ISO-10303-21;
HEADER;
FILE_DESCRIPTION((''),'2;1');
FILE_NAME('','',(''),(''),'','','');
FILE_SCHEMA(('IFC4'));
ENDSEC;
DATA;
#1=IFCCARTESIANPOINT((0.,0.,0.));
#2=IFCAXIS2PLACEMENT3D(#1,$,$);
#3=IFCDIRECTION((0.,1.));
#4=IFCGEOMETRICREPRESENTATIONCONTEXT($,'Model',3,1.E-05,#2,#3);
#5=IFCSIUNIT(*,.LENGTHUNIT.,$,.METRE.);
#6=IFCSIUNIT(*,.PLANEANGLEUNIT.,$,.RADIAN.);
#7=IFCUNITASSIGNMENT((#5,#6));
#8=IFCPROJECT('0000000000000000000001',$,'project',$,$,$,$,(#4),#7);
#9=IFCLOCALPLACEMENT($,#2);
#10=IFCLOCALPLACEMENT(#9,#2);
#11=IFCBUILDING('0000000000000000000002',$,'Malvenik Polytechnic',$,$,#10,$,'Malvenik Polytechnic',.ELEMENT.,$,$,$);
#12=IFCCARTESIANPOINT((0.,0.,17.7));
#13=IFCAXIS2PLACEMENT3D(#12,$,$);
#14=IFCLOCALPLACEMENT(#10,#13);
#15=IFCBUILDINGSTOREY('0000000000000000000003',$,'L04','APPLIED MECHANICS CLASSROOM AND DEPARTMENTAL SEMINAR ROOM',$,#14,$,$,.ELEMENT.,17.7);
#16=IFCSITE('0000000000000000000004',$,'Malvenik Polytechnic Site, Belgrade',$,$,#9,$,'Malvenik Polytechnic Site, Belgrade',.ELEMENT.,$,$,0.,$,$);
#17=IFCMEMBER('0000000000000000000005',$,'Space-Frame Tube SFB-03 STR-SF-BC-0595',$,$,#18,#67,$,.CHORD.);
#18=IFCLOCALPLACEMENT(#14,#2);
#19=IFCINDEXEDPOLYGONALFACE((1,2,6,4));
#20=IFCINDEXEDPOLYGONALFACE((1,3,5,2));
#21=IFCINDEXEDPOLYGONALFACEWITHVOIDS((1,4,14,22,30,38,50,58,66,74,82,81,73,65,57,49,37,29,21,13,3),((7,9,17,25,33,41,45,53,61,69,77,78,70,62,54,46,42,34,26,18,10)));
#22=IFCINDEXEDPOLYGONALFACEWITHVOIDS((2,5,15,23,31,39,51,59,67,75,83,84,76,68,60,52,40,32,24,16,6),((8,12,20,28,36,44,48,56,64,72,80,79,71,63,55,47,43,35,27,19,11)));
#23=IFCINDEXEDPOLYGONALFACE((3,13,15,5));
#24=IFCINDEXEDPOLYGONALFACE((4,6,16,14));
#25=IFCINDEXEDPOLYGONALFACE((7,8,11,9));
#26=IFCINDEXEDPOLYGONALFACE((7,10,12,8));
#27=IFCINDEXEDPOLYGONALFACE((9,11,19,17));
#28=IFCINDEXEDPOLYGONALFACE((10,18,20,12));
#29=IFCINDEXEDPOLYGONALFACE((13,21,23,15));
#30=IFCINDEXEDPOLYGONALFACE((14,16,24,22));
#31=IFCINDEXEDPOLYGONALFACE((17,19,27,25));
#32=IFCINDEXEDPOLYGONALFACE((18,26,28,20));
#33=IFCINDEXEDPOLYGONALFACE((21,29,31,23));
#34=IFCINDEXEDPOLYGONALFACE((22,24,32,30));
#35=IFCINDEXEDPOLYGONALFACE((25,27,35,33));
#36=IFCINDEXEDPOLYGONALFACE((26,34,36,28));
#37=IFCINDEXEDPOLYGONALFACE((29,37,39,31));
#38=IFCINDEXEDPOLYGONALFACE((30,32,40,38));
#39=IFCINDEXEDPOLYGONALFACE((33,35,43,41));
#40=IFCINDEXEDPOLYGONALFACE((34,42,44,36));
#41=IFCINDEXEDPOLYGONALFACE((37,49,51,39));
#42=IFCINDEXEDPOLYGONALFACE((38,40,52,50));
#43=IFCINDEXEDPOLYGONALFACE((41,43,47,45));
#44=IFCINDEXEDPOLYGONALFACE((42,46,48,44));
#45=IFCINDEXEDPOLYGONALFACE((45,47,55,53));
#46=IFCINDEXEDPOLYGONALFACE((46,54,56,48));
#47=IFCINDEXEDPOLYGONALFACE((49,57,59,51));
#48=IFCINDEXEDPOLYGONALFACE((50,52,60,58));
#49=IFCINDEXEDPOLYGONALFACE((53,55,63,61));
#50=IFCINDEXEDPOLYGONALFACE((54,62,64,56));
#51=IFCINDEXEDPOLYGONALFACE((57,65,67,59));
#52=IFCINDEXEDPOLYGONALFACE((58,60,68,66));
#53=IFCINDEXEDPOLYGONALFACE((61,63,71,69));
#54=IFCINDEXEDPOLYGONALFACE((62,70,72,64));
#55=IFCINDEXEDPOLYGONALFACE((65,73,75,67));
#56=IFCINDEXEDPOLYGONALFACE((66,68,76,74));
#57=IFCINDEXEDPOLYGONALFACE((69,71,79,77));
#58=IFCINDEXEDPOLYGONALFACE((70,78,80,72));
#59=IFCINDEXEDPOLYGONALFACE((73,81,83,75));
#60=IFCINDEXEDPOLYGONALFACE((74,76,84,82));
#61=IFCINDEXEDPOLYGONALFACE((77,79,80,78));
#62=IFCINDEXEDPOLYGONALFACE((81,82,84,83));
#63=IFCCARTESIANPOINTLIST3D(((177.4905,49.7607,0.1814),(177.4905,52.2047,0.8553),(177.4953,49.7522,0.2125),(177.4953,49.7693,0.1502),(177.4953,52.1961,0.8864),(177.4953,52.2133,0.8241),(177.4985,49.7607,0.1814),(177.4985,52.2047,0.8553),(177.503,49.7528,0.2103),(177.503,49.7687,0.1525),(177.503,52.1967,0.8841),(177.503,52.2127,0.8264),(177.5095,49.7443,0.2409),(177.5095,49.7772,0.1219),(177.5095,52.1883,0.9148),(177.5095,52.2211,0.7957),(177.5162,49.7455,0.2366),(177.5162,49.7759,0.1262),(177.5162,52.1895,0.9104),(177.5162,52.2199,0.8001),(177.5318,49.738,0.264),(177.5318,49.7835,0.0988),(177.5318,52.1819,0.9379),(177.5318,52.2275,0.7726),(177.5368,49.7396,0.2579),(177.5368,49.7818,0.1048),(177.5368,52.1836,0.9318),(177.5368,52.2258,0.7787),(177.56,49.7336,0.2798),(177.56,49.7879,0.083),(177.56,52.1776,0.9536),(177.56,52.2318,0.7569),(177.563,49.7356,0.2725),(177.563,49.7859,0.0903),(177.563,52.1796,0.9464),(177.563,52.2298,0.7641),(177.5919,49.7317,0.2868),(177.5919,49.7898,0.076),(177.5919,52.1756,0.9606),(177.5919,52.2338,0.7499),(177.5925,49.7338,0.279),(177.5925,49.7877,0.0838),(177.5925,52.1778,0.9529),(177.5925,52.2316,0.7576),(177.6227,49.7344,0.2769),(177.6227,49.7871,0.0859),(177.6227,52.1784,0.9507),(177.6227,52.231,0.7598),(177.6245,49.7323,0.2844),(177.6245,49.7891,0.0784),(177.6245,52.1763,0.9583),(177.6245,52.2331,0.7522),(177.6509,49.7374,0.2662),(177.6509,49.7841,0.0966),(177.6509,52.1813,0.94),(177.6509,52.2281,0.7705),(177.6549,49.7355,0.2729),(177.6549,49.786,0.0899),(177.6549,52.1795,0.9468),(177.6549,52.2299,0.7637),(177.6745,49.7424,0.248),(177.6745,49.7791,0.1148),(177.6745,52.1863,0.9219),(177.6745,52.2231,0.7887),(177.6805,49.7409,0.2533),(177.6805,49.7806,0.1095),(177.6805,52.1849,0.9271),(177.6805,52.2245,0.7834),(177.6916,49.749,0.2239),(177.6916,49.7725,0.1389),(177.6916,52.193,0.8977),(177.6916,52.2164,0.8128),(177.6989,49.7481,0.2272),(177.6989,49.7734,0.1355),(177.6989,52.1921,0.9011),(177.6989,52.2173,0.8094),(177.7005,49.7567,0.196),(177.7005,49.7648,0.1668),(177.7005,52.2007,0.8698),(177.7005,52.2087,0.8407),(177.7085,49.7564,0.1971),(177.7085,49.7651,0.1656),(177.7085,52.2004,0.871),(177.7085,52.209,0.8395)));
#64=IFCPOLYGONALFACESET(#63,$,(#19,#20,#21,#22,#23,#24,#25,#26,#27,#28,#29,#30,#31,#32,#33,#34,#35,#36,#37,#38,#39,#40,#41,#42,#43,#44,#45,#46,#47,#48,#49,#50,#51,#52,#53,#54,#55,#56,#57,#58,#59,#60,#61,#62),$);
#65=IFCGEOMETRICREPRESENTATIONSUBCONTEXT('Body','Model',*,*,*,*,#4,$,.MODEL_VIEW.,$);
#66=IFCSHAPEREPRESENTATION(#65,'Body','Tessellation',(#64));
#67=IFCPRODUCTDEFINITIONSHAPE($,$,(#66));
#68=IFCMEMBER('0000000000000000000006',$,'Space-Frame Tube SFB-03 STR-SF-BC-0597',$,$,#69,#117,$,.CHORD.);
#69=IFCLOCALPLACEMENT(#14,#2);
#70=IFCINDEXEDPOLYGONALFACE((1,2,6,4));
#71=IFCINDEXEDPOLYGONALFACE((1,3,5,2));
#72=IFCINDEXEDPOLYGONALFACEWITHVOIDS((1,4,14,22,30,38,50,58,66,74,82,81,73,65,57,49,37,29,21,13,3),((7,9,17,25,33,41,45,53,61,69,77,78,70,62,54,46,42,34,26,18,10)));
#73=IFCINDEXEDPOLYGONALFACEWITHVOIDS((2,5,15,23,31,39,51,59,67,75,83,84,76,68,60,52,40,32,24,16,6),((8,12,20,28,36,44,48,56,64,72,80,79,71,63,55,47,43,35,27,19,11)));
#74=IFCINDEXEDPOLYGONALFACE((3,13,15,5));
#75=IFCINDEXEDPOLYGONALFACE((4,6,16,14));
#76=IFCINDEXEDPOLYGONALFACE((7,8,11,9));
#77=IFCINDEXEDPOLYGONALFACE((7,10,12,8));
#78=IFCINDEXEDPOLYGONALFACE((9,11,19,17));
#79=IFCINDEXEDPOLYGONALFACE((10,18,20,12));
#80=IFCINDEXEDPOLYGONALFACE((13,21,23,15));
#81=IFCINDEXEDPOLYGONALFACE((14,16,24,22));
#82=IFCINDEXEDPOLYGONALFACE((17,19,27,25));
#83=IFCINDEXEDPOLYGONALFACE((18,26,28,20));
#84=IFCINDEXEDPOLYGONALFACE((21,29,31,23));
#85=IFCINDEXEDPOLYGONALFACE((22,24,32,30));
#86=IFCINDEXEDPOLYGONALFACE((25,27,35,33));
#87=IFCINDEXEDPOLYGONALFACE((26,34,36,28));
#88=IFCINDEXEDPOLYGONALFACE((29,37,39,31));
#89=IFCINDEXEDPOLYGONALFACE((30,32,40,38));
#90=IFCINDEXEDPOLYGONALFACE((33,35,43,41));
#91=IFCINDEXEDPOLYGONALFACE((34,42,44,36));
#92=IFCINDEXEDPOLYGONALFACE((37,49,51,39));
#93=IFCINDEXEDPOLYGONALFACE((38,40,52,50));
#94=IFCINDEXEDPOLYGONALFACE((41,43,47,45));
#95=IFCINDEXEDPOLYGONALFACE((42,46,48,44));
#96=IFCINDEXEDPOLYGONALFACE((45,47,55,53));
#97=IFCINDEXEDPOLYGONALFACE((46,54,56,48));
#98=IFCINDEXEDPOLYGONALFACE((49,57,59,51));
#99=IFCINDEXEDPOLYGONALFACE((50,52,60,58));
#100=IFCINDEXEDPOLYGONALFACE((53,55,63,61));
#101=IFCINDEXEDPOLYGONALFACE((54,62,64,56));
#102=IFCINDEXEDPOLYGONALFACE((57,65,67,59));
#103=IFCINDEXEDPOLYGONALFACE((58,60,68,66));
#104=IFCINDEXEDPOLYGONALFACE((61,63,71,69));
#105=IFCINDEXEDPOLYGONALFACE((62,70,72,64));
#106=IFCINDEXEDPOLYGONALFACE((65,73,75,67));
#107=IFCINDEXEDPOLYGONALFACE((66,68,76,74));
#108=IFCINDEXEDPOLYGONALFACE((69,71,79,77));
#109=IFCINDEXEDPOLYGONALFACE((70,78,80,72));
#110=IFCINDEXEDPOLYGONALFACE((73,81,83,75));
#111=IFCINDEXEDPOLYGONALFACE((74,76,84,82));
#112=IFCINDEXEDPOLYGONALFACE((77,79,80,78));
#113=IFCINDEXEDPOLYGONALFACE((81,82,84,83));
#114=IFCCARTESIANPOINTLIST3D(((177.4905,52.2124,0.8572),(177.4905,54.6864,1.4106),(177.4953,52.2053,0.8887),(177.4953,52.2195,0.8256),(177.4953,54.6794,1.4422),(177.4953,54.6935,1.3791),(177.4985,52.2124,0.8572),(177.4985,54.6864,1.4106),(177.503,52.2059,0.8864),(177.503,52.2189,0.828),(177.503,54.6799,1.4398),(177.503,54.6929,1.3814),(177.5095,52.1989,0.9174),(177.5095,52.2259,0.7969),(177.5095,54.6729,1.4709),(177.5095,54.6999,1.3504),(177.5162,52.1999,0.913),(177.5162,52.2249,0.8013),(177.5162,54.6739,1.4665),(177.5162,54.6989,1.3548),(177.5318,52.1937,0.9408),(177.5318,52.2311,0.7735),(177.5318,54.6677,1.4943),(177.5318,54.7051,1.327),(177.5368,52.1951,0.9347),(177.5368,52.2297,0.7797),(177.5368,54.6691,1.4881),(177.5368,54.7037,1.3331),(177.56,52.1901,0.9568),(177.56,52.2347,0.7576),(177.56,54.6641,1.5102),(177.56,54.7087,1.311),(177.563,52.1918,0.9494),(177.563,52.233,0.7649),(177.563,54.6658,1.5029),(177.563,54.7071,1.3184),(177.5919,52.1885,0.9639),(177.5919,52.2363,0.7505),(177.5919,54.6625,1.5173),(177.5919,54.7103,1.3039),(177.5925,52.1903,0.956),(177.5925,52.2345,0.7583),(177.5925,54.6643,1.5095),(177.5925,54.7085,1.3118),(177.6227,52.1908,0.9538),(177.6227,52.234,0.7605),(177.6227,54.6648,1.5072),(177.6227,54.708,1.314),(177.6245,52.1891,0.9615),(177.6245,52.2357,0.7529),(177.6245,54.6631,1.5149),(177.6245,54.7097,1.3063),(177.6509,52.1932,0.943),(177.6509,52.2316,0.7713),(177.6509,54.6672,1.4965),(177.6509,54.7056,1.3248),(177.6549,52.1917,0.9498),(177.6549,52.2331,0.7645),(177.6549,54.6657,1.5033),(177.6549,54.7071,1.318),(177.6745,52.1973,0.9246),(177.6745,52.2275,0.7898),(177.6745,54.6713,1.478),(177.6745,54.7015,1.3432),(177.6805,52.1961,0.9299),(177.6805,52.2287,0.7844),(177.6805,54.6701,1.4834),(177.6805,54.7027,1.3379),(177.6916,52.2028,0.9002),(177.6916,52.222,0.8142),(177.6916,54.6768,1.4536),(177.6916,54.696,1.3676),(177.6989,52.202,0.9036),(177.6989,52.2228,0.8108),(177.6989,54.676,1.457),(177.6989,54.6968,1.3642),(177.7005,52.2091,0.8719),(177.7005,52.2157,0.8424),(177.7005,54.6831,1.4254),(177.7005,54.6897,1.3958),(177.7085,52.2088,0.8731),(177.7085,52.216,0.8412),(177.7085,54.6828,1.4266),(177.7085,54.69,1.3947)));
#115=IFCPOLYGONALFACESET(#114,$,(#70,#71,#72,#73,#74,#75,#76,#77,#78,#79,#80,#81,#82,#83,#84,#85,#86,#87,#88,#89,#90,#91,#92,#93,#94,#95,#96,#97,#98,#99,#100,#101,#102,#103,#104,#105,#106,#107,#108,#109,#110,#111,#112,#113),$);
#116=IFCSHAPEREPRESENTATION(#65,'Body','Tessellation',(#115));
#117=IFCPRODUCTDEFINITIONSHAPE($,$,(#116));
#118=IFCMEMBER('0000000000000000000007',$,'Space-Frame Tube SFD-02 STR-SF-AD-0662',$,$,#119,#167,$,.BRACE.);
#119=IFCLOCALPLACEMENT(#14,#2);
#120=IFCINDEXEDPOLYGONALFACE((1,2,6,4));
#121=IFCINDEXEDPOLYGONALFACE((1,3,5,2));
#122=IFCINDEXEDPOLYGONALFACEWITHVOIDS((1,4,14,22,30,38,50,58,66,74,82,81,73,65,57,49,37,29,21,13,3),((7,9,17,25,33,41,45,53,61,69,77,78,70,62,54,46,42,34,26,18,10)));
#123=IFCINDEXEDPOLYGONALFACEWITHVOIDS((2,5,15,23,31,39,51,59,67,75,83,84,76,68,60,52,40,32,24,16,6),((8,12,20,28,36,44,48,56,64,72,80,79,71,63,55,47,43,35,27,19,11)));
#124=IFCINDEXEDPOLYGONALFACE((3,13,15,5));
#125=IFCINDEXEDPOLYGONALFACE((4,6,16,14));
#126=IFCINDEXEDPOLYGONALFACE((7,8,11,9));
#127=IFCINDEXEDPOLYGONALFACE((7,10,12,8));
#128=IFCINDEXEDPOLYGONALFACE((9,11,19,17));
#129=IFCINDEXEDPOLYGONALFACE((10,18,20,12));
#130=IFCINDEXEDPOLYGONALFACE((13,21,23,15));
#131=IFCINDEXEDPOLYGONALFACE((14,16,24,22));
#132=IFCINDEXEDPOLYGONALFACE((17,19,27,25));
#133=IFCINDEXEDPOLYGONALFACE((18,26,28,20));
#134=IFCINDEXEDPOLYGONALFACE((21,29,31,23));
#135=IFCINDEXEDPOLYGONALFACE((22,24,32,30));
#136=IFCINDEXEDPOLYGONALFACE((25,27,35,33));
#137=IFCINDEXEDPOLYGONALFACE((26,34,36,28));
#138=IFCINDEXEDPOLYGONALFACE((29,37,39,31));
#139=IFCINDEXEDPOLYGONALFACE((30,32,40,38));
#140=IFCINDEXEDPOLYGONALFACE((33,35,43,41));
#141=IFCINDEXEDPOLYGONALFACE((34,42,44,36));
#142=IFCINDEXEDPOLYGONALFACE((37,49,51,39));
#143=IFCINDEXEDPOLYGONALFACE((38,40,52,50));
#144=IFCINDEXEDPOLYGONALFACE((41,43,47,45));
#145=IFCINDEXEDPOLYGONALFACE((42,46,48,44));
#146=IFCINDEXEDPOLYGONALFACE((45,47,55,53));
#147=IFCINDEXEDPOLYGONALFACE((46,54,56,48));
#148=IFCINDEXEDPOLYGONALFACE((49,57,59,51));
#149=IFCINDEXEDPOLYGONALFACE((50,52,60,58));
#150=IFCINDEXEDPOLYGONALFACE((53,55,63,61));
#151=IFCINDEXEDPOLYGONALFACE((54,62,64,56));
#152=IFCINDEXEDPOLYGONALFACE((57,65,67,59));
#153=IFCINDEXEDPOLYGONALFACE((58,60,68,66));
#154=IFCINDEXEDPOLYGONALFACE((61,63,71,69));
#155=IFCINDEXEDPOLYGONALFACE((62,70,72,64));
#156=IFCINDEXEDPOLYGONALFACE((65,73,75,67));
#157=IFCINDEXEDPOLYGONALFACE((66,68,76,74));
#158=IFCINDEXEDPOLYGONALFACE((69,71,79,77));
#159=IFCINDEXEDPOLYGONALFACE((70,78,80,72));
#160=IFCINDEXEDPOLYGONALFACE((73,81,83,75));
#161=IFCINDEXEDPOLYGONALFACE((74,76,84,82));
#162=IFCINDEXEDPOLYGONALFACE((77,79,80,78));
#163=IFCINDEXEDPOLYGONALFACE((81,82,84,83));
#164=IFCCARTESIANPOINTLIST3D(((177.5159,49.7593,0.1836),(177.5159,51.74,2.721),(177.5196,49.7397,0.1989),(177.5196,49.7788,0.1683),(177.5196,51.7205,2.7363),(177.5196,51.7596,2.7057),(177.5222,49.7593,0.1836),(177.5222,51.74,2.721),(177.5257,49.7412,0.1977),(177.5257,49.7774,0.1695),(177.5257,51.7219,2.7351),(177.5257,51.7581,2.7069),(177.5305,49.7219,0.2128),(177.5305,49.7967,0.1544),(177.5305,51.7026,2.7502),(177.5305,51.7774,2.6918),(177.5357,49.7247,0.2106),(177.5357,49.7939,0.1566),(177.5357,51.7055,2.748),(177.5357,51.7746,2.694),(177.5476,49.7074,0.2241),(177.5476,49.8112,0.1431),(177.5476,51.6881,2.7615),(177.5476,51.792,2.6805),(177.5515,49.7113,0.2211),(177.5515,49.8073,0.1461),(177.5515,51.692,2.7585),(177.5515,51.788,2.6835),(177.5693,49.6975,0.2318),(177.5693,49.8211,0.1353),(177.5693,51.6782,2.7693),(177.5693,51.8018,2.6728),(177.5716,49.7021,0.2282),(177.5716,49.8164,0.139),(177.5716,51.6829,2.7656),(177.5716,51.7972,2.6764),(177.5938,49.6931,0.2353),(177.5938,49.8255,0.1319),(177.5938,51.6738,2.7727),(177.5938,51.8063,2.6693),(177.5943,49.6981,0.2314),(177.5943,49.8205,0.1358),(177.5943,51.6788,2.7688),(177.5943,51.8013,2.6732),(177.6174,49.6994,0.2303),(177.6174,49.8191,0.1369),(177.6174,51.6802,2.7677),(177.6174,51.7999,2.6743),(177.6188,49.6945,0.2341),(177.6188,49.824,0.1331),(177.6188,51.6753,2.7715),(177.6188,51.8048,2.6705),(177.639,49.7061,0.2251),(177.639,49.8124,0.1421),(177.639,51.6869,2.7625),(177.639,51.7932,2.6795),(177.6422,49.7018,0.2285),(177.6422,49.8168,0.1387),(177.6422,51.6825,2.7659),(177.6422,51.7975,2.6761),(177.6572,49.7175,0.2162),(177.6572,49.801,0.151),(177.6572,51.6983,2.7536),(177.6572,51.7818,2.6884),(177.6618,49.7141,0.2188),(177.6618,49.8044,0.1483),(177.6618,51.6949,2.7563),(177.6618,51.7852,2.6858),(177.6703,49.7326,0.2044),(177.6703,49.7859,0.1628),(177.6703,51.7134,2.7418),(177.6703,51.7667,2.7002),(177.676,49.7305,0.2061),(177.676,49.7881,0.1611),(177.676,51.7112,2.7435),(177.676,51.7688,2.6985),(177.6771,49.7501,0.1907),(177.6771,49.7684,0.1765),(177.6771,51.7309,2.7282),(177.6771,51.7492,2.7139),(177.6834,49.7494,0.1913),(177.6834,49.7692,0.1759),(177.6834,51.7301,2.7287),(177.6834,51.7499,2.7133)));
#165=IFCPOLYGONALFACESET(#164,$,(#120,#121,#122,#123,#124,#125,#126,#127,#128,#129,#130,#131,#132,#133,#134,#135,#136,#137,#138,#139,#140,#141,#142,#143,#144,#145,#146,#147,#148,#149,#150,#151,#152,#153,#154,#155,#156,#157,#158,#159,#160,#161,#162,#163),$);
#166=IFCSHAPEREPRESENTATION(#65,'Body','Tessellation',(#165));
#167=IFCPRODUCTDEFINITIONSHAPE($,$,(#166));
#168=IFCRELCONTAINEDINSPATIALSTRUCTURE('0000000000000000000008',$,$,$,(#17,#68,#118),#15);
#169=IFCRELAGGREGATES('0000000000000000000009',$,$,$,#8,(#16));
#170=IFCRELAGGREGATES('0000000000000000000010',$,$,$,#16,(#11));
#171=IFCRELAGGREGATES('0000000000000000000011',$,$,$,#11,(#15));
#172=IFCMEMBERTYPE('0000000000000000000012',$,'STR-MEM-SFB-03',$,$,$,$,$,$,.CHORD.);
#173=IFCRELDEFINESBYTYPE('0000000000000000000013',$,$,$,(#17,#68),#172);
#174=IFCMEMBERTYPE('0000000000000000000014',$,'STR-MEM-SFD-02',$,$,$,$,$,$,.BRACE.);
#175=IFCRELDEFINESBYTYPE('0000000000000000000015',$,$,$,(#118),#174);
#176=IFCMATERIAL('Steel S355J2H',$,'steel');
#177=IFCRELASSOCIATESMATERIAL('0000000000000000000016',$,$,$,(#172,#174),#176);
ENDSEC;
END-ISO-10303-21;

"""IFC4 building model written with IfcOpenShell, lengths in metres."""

from ifc_helpers import new_model, si_unit, direction, frame, origin, origin_2d, place, context, subcontext, project, spatial, hollow_circle, extrude, material, material_profile, profile_set, type_object, element, save


model = new_model("IFC4")

# Units and contexts
model_context = context("Model", 3, precision=1e-05, world=origin(), true_north=direction((0.0, 1.0)))
body_context = subcontext(model_context, "Body", "Model", "MODEL_VIEW")
ifc_project = project(units=[si_unit("LENGTHUNIT", "METRE"), si_unit("PLANEANGLEUNIT", "RADIAN")], contexts=[model_context])

# Site, building, storey
site_placement = place(None, origin())
site = spatial("IfcSite", under=ifc_project, at=site_placement, Name="Malvenik Polytechnic Site, Belgrade", LongName="Malvenik Polytechnic Site, Belgrade", CompositionType="ELEMENT", RefElevation=0.0)
building_placement = place(site_placement, origin())
building = spatial("IfcBuilding", under=site, at=building_placement, Name="Malvenik Polytechnic", LongName="Malvenik Polytechnic", CompositionType="ELEMENT")
storey_placement = place(building_placement, frame((0.0, 0.0, 17.7)))
storey = spatial("IfcBuildingStorey", under=building, at=storey_placement, Name="L04", Description="APPLIED MECHANICS CLASSROOM AND DEPARTMENTAL SEMINAR ROOM", CompositionType="ELEMENT", Elevation=17.7)

# Members
ifc_material = material(Name="Steel S355J2H", Category="steel")
ifc_material_profile_1 = material_profile(ifc_material, hollow_circle(Radius=0.1096, WallThickness=0.0081, at=origin_2d()), Name="CHS 219.1x8.0")
ifc_profile_set_1 = profile_set([ifc_material_profile_1], Name="Steel S355J2H")
member_type_1 = type_object("IfcMemberType", Name="STR-MEM-SFB-03", PredefinedType="CHORD", material=ifc_profile_set_1)
for number, where, z_axis, x_axis, name in (
    (1, (177.6001, 49.7607, 0.1814), (0.0, 0.964027, 0.265806), (-1.0, 0.0, 0.0), "Space-Frame Tube SFB-03 STR-SF-BC-0595"),
    (2, (177.6001, 52.2124, 0.8572), (0.0, 0.97588, 0.218307), (-1.0, 0.0, 0.0), "Space-Frame Tube SFB-03 STR-SF-BC-0597"),
):
    element("IfcMember", number, at=place(storey_placement, frame(where, z_axis=z_axis, x_axis=x_axis)), inside=storey, type_object=member_type_1, Name=name, PredefinedType="CHORD", context=body_context, shape_type="SweptSolid", body=[
        extrude(hollow_circle(Radius=0.1096, WallThickness=0.0081, at=origin_2d()), origin(), (0.0, 0.0, 1.0), 2.5352),
    ])
ifc_material_profile_2 = material_profile(ifc_material, hollow_circle(Radius=0.0842, WallThickness=0.0063, at=origin_2d()), Name="CHS 168.3x6.3")
ifc_profile_set_2 = profile_set([ifc_material_profile_2], Name="Steel S355J2H")
member_type_2 = type_object("IfcMemberType", Name="STR-MEM-SFD-02", PredefinedType="BRACE", material=ifc_profile_set_2)
member_1_placement = place(storey_placement, frame((177.6001, 49.7593, 0.1836), z_axis=(0.0, 0.615336, 0.788265), x_axis=(-1.0, 0.0, 0.0)))
element("IfcMember", 3, at=member_1_placement, inside=storey, type_object=member_type_2, Name="Space-Frame Tube SFD-02 STR-SF-AD-0662", PredefinedType="BRACE", context=body_context, shape_type="SweptSolid", body=[
    extrude(hollow_circle(Radius=0.0842, WallThickness=0.0063, at=origin_2d()), origin(), (0.0, 0.0, 1.0), 3.219),
])

save(model, "model.ifc")
